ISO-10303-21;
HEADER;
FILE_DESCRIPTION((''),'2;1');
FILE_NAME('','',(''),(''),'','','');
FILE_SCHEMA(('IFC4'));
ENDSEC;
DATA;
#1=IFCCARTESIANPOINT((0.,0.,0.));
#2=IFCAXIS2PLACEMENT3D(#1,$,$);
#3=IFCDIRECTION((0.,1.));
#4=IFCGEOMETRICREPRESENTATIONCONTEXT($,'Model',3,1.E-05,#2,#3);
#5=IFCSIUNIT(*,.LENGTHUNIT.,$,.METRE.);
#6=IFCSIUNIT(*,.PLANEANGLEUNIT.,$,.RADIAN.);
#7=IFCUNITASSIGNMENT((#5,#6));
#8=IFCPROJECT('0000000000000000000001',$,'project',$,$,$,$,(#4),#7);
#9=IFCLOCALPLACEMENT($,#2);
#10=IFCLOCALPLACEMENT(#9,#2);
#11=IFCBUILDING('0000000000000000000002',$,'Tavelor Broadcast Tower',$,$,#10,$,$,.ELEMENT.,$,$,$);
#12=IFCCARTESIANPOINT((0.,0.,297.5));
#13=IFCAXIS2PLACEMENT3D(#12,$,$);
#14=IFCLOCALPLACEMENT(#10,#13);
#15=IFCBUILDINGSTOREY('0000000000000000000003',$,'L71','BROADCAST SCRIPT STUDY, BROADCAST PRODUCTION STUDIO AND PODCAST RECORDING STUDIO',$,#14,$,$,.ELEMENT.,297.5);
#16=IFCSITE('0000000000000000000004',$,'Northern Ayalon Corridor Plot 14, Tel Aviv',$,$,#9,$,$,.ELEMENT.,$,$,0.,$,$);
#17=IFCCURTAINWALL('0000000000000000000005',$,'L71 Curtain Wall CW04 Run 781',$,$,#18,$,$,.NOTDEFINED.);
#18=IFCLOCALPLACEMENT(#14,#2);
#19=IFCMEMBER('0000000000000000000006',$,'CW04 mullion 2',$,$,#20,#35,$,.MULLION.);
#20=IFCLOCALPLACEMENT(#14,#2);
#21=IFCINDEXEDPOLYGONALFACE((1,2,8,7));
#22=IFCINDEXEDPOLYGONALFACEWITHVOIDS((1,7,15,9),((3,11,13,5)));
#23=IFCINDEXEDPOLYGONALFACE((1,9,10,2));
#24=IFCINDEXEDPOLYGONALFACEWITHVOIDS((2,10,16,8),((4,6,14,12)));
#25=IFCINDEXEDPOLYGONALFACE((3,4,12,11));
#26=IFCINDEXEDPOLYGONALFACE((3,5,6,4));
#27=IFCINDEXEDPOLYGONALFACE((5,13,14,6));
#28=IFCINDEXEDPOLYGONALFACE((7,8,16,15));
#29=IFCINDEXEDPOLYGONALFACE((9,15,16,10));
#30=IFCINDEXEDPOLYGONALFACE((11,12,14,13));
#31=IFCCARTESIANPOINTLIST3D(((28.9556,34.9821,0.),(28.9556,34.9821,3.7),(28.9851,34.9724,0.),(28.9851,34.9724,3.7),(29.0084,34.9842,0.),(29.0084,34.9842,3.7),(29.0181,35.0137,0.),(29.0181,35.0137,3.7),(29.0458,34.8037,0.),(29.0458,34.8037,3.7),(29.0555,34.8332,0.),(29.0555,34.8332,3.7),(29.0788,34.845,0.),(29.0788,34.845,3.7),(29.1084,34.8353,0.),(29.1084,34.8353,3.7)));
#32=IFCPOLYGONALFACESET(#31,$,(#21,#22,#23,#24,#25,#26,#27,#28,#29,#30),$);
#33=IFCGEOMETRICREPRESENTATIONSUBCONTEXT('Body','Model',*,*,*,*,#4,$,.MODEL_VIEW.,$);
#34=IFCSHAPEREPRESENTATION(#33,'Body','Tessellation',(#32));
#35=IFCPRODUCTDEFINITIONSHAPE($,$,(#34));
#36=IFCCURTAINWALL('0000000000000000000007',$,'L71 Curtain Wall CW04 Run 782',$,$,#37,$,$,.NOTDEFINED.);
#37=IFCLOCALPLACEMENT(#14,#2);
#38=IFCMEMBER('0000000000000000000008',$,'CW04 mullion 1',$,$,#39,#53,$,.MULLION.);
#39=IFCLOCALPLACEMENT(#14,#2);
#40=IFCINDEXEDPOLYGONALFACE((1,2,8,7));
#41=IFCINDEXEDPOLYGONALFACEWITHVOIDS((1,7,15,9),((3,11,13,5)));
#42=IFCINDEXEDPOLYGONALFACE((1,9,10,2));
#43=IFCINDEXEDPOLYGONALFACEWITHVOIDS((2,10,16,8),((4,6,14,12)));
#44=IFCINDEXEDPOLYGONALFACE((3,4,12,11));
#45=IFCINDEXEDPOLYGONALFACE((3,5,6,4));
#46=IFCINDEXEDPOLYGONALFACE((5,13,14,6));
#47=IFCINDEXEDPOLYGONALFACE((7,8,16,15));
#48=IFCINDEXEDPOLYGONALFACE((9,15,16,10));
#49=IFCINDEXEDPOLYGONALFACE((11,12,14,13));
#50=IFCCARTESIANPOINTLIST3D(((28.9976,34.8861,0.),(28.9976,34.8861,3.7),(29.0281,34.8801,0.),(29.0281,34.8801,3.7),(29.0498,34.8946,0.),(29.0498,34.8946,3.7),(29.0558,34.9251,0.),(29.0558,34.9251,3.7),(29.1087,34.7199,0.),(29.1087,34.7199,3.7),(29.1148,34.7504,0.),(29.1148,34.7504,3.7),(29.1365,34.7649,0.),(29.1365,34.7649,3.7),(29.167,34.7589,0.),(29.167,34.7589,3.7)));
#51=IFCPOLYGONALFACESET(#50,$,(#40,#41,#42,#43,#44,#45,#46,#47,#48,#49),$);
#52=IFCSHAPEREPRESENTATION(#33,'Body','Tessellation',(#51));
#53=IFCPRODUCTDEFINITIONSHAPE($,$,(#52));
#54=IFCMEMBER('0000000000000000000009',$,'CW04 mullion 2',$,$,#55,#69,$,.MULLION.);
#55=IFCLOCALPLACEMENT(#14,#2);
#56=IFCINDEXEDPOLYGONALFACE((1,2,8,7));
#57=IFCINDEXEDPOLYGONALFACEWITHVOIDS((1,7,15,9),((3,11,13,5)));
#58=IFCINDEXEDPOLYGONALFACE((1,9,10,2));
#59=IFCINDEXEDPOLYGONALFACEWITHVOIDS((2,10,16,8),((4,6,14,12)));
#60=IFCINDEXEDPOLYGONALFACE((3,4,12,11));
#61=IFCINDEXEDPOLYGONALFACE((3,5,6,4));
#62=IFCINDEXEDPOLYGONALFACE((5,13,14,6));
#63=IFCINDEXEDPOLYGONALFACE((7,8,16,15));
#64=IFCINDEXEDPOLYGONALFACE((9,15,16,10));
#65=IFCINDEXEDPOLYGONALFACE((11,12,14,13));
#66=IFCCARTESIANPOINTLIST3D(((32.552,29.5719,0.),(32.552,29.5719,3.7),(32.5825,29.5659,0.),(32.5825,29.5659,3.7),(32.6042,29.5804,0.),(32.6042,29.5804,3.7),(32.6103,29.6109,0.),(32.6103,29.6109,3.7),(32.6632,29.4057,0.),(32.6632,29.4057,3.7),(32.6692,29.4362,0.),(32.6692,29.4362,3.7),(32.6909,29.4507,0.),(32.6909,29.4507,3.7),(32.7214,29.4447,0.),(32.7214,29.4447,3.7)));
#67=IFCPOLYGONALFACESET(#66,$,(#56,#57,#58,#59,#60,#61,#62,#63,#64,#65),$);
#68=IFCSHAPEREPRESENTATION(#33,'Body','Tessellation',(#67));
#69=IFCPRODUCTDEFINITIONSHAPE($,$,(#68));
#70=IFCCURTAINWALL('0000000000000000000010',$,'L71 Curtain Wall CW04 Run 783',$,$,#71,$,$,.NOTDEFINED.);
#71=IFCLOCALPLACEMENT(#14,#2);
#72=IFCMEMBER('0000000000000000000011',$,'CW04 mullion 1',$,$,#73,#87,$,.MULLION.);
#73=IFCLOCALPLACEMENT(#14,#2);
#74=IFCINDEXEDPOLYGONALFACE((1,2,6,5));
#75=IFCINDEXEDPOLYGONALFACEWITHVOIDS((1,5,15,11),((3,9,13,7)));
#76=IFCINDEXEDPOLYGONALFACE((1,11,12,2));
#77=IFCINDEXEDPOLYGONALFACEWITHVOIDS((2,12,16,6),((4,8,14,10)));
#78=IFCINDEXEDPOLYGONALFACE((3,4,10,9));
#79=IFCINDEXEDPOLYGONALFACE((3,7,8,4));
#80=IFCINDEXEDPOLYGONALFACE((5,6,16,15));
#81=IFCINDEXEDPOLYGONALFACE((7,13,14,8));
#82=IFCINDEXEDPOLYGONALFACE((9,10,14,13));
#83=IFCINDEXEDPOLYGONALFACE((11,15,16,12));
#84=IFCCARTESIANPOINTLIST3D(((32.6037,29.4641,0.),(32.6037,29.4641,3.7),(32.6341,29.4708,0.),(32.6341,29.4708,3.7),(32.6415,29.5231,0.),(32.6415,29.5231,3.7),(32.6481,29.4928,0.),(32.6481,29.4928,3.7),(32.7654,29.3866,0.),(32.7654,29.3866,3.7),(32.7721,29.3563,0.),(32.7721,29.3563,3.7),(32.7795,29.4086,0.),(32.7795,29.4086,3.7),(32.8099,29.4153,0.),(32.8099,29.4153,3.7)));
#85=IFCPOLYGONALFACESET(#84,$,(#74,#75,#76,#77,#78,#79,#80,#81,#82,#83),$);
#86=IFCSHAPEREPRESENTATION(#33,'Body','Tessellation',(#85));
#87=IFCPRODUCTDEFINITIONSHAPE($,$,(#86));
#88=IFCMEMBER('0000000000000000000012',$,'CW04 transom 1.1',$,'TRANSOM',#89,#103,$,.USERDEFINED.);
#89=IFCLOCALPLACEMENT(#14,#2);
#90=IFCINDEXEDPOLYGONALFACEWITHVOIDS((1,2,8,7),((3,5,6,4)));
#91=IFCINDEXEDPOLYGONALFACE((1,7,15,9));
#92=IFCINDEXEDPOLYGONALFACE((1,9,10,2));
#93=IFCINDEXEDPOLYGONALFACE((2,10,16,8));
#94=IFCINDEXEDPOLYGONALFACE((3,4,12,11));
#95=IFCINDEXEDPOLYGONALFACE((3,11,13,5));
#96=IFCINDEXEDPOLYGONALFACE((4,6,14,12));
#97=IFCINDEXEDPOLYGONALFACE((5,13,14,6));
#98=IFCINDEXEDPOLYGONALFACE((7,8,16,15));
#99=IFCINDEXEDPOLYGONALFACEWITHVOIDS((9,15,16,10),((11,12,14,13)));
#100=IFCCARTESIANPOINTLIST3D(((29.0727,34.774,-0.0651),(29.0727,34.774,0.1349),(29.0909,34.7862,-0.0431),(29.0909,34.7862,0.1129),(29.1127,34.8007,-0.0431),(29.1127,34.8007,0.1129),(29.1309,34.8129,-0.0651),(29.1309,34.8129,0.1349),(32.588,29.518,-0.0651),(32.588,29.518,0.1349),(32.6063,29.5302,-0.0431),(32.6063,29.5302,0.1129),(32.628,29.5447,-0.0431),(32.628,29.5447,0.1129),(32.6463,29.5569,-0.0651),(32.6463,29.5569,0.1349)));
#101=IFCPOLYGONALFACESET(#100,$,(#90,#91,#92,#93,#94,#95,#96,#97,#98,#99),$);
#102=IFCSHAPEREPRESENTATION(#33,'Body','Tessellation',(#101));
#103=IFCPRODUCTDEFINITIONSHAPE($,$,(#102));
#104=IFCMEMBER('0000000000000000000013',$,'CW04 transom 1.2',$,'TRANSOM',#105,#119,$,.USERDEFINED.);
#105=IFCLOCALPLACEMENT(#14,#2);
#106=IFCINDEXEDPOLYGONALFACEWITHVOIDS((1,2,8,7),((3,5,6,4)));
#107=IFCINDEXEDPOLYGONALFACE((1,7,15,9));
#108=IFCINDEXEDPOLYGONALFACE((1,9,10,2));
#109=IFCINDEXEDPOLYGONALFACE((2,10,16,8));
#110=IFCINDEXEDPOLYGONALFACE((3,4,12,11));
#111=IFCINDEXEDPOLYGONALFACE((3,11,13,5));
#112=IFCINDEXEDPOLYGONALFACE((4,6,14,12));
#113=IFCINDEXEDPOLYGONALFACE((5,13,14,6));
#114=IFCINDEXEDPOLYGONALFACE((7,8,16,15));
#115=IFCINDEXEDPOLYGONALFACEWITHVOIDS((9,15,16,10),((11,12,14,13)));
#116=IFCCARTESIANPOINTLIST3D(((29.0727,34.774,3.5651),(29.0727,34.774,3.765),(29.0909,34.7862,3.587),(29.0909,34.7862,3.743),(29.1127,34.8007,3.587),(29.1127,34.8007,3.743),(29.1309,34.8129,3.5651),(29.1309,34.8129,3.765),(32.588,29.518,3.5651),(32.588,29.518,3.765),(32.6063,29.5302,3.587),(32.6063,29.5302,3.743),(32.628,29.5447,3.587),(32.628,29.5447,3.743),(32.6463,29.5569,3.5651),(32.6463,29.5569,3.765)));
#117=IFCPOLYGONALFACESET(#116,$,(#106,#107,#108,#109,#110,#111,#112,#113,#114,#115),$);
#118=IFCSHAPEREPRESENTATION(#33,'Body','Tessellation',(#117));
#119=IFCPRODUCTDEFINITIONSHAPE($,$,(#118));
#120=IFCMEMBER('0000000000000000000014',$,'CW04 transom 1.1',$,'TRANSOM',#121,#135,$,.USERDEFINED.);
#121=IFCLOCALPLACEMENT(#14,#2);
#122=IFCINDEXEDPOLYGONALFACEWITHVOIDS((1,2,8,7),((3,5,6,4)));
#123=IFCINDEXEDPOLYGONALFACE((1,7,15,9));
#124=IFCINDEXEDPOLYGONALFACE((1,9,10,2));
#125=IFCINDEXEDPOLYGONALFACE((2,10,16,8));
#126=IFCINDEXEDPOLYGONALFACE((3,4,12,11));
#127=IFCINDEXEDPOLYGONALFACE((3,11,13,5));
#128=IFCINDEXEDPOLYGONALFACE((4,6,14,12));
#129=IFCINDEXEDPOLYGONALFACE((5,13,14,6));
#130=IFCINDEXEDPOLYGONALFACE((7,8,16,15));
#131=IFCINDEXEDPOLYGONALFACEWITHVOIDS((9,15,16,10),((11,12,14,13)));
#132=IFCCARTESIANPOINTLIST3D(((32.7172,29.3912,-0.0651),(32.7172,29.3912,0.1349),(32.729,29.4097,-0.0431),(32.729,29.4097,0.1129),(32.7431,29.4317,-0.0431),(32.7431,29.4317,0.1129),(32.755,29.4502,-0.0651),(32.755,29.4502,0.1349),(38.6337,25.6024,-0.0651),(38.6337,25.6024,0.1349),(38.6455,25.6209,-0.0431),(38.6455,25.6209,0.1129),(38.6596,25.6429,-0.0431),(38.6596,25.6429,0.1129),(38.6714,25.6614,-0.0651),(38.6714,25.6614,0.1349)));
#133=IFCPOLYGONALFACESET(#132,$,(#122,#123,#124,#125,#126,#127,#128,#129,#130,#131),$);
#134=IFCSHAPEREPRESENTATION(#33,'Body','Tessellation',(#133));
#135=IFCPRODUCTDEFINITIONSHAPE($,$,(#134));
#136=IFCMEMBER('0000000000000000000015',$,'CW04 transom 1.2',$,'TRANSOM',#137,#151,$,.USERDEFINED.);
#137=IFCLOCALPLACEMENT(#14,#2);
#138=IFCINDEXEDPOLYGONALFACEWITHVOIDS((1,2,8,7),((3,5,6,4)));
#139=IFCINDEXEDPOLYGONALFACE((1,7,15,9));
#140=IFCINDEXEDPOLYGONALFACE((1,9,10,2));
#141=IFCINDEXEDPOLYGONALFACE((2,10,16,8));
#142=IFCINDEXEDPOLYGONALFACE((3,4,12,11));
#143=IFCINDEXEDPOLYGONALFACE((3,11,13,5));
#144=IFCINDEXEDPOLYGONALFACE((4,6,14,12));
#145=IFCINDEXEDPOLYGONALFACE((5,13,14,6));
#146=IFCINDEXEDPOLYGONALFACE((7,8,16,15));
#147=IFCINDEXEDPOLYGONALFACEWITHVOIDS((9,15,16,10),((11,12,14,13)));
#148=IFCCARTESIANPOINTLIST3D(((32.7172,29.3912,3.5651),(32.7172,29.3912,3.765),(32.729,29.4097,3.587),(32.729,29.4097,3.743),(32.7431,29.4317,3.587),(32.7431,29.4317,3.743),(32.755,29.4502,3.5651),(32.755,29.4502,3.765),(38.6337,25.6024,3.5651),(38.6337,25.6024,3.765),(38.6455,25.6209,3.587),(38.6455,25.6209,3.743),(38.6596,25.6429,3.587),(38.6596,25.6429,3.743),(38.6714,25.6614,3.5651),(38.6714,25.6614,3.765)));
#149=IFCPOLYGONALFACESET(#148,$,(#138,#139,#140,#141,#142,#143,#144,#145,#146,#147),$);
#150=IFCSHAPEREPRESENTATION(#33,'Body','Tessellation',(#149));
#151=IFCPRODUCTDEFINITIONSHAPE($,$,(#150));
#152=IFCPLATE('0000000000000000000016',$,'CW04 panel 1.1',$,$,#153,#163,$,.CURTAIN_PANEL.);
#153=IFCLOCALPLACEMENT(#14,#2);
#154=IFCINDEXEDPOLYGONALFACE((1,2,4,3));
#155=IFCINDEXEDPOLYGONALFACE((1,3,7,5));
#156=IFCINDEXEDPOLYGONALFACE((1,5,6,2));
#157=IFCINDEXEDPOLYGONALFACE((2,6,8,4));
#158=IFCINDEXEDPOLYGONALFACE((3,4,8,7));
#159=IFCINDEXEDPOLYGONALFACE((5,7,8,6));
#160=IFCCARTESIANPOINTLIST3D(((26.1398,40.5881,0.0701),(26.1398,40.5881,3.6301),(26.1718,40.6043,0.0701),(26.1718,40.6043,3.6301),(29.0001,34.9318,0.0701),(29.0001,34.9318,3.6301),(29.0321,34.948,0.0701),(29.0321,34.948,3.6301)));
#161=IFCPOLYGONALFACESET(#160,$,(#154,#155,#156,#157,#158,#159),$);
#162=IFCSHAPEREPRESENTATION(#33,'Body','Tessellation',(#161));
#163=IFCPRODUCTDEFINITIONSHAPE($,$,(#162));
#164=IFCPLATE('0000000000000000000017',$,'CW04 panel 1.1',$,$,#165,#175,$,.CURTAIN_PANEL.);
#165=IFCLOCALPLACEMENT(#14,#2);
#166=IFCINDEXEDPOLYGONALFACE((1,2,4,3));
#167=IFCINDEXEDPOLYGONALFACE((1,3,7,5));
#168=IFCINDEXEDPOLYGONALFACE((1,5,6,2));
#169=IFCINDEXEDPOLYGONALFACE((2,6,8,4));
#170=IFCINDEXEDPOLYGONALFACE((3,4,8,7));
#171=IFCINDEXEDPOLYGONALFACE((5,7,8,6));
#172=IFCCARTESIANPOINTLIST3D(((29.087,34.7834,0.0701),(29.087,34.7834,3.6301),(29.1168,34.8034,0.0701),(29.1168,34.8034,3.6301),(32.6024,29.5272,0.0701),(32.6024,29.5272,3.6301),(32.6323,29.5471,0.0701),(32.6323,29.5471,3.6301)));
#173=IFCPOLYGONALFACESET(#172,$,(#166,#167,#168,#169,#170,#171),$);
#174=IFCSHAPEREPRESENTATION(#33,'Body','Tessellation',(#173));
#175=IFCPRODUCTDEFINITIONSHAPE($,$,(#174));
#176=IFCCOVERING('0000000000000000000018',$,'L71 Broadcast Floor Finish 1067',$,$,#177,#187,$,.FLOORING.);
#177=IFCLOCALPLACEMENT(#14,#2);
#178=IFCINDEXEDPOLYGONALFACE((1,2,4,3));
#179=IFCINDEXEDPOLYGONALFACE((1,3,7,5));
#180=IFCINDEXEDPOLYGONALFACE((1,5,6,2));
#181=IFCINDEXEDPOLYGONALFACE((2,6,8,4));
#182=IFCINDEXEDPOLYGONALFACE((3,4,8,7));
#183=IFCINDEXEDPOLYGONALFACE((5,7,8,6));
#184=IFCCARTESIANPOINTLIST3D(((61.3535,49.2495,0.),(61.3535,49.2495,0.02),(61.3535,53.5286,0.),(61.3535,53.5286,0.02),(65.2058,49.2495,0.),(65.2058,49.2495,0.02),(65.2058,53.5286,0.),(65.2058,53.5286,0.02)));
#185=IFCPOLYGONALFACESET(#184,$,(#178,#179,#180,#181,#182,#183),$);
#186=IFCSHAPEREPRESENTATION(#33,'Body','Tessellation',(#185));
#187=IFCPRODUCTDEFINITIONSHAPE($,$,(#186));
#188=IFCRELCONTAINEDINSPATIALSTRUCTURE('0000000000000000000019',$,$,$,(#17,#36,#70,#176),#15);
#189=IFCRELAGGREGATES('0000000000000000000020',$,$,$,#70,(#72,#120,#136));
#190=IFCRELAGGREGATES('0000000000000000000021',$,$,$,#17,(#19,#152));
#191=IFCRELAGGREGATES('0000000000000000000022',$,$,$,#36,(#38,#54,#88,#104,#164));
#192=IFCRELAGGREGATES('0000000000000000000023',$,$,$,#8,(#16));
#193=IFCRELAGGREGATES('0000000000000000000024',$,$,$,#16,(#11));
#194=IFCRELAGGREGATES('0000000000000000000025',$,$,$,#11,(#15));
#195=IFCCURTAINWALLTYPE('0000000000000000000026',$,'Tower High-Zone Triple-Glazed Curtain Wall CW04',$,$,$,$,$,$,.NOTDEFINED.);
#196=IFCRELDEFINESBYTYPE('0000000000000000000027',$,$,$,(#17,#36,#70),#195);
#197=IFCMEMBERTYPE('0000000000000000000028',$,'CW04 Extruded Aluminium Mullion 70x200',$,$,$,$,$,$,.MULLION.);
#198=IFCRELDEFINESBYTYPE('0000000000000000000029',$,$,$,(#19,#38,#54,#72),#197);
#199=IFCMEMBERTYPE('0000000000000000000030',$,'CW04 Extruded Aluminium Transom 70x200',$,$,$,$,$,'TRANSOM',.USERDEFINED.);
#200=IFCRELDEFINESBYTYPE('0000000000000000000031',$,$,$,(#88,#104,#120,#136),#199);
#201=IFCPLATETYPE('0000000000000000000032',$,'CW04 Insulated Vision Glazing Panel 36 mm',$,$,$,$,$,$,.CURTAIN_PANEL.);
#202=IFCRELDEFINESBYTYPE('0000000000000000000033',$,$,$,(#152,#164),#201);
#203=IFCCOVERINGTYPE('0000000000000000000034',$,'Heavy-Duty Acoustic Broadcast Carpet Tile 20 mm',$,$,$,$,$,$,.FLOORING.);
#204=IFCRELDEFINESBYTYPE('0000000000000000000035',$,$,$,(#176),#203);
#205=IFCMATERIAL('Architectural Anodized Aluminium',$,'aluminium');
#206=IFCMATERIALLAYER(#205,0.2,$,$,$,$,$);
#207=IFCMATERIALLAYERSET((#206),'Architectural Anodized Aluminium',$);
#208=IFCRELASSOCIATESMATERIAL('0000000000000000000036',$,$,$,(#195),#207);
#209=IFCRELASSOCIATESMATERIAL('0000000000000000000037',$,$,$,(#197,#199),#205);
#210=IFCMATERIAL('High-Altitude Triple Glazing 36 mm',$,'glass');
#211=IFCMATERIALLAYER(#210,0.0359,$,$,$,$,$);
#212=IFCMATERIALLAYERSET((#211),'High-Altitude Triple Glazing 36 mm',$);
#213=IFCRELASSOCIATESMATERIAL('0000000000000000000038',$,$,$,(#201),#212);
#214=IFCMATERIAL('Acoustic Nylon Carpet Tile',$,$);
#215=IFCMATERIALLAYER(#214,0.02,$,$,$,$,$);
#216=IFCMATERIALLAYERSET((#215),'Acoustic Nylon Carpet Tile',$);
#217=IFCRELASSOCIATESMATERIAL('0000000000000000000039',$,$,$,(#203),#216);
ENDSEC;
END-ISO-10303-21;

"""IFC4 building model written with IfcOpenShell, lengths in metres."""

from ifc_helpers import new_model, si_unit, direction, frame, origin, origin_2d, place, context, subcontext, project, spatial, polyline, rectangle, hollow_rectangle, outline, extrude, source, transform, mapped, material, layer, layer_set, material_profile, profile_set, type_object, type_shapes, element, aggregate, save


model = new_model("IFC4")

# Units and contexts
model_context = context("Model", 3, precision=1e-05, world=origin(), true_north=direction((0.0, 1.0)))
body_context = subcontext(model_context, "Body", "Model", "MODEL_VIEW")
ifc_project = project(units=[si_unit("LENGTHUNIT", "METRE"), si_unit("PLANEANGLEUNIT", "RADIAN")], contexts=[model_context])

# Site, building, storey
site_placement = place(None, origin())
site = spatial("IfcSite", under=ifc_project, at=site_placement, Name="Northern Ayalon Corridor Plot 14, Tel Aviv", CompositionType="ELEMENT", RefElevation=0.0)
building_placement = place(site_placement, origin())
building = spatial("IfcBuilding", under=site, at=building_placement, Name="Tavelor Broadcast Tower", CompositionType="ELEMENT")
storey_placement = place(building_placement, frame((0.0, 0.0, 297.5)))
storey = spatial("IfcBuildingStorey", under=building, at=storey_placement, Name="L71", Description="BROADCAST SCRIPT STUDY, BROADCAST PRODUCTION STUDIO AND PODCAST RECORDING STUDIO", CompositionType="ELEMENT", Elevation=297.5)

# Curtain wall, member
ifc_material_1 = material(Name="Architectural Anodized Aluminium", Category="aluminium")
ifc_layer_1 = layer(ifc_material_1, 0.2)
ifc_layer_set_1 = layer_set([ifc_layer_1], Name="Architectural Anodized Aluminium")
curtain_wall_type = type_object("IfcCurtainWallType", Name="Tower High-Zone Triple-Glazed Curtain Wall CW04", PredefinedType="NOTDEFINED", material=ifc_layer_set_1)
curtain_wall_1_placement = place(storey_placement, origin())
curtain_wall_1 = element("IfcCurtainWall", 1, at=curtain_wall_1_placement, inside=storey, type_object=curtain_wall_type, Name="L71 Curtain Wall CW04 Run 781", PredefinedType="NOTDEFINED")
ifc_material_profile_1 = material_profile(ifc_material_1, hollow_rectangle(XDim=0.0701, YDim=0.2, WallThickness=0.022, at=origin_2d()), Name="RHS 70x200x22")
ifc_profile_set_1 = profile_set([ifc_material_profile_1], Name="Architectural Anodized Aluminium")
member_type_1 = type_object("IfcMemberType", Name="CW04 Extruded Aluminium Mullion 70x200", PredefinedType="MULLION", material=ifc_profile_set_1)
shared_shape_1 = source(origin(), body_context, "Body", "SweptSolid", [
    extrude(hollow_rectangle(XDim=0.0701, YDim=0.2, WallThickness=0.022, at=origin_2d()), origin(), (0.0, 0.0, 1.0), 3.7),
])
type_shapes(member_type_1, [shared_shape_1])
member_1_placement = place(storey_placement, frame((29.032, 34.9087, 0.0), z_axis=(0.0, 0.0, 1.0), x_axis=(0.89239, 0.451266, 0.0)))
member_1 = element("IfcMember", 2, at=member_1_placement, type_object=member_type_1, Name="CW04 mullion 2", PredefinedType="MULLION", context=body_context, shape_type="MappedRepresentation", body=[
    mapped(shared_shape_1, transform((0.0, 0.0, 0.0), scale=1.0)),
])

# Curtain wall, members
curtain_wall_2_placement = place(storey_placement, origin())
curtain_wall_2 = element("IfcCurtainWall", 3, at=curtain_wall_2_placement, inside=storey, type_object=curtain_wall_type, Name="L71 Curtain Wall CW04 Run 782", PredefinedType="NOTDEFINED")
member_2_placement = place(storey_placement, frame((29.0823, 34.8225, 0.0), z_axis=(0.0, 0.0, 1.0), x_axis=(0.831223, 0.555938, 0.0)))
member_2 = element("IfcMember", 4, at=member_2_placement, type_object=member_type_1, Name="CW04 mullion 1", PredefinedType="MULLION", context=body_context, shape_type="MappedRepresentation", body=[
    mapped(shared_shape_1, transform((0.0, 0.0, 0.0), scale=1.0)),
])
member_3_placement = place(storey_placement, frame((32.6367, 29.5083, 0.0), z_axis=(0.0, 0.0, 1.0), x_axis=(0.831223, 0.555938, 0.0)))
member_3 = element("IfcMember", 5, at=member_3_placement, type_object=member_type_1, Name="CW04 mullion 2", PredefinedType="MULLION", context=body_context, shape_type="MappedRepresentation", body=[
    mapped(shared_shape_1, transform((0.0, 0.0, 0.0), scale=1.0)),
])

# Curtain wall, member
curtain_wall_3_placement = place(storey_placement, origin())
curtain_wall_3 = element("IfcCurtainWall", 6, at=curtain_wall_3_placement, inside=storey, type_object=curtain_wall_type, Name="L71 Curtain Wall CW04 Run 783", PredefinedType="NOTDEFINED")
member_4_placement = place(storey_placement, frame((32.7068, 29.4397, 0.0), z_axis=(0.0, 0.0, 1.0), x_axis=(0.53929, 0.84212, 0.0)))
member_4 = element("IfcMember", 7, at=member_4_placement, type_object=member_type_1, Name="CW04 mullion 1", PredefinedType="MULLION", context=body_context, shape_type="MappedRepresentation", body=[
    mapped(shared_shape_1, transform((0.0, 0.0, 0.0), scale=1.0)),
])

# Members
ifc_material_profile_2 = material_profile(ifc_material_1, hollow_rectangle(XDim=0.0701, YDim=0.2, WallThickness=0.022, at=origin_2d()), Name="RHS 70x200x22")
ifc_profile_set_2 = profile_set([ifc_material_profile_2], Name="Architectural Anodized Aluminium")
member_type_2 = type_object("IfcMemberType", Name="CW04 Extruded Aluminium Transom 70x200", ElementType="TRANSOM", PredefinedType="USERDEFINED", material=ifc_profile_set_2)
shared_shape_2 = source(origin(), body_context, "Body", "SweptSolid", [
    extrude(hollow_rectangle(XDim=0.0701, YDim=0.2, WallThickness=0.022, at=origin_2d()), origin(), (0.0, 0.0, 1.0), 6.3232),
])
member_5_placement = place(storey_placement, frame((29.1018, 34.7935, 0.0349), z_axis=(0.555938, -0.831224, 0.0), x_axis=(0.831224, 0.555938, 0.0)))
member_5 = element("IfcMember", 8, at=member_5_placement, type_object=member_type_2, Name="CW04 transom 1.1", ObjectType="TRANSOM", PredefinedType="USERDEFINED", context=body_context, shape_type="MappedRepresentation", body=[
    mapped(shared_shape_2, transform((0.0, 0.0, 0.0), scale=1.0)),
])
member_6_placement = place(storey_placement, frame((29.1018, 34.7935, 3.665), z_axis=(0.555938, -0.831224, 0.0), x_axis=(0.831224, 0.555938, 0.0)))
member_6 = element("IfcMember", 9, at=member_6_placement, type_object=member_type_2, Name="CW04 transom 1.2", ObjectType="TRANSOM", PredefinedType="USERDEFINED", context=body_context, shape_type="MappedRepresentation", body=[
    mapped(shared_shape_2, transform((0.0, 0.0, 0.0), scale=1.0)),
])
shared_shape_3 = source(origin(), body_context, "Body", "SweptSolid", [
    extrude(hollow_rectangle(XDim=0.0701, YDim=0.2, WallThickness=0.022, at=origin_2d()), origin(), (0.0, 0.0, 1.0), 7.0256),
])
type_shapes(member_type_2, [shared_shape_2, shared_shape_3])
member_7_placement = place(storey_placement, frame((32.7361, 29.4207, 0.0349), z_axis=(0.842126, -0.539281, 0.0), x_axis=(0.539281, 0.842126, 0.0)))
member_7 = element("IfcMember", 10, at=member_7_placement, type_object=member_type_2, Name="CW04 transom 1.1", ObjectType="TRANSOM", PredefinedType="USERDEFINED", context=body_context, shape_type="MappedRepresentation", body=[
    mapped(shared_shape_3, transform((0.0, 0.0, 0.0), scale=1.0)),
])
member_8_placement = place(storey_placement, frame((32.7361, 29.4207, 3.665), z_axis=(0.842126, -0.539281, 0.0), x_axis=(0.539281, 0.842126, 0.0)))
member_8 = element("IfcMember", 11, at=member_8_placement, type_object=member_type_2, Name="CW04 transom 1.2", ObjectType="TRANSOM", PredefinedType="USERDEFINED", context=body_context, shape_type="MappedRepresentation", body=[
    mapped(shared_shape_3, transform((0.0, 0.0, 0.0), scale=1.0)),
])
aggregate(curtain_wall_3, [member_4, member_7, member_8])

# Plates
ifc_material_2 = material(Name="High-Altitude Triple Glazing 36 mm", Category="glass")
ifc_layer_2 = layer(ifc_material_2, 0.0359)
ifc_layer_set_2 = layer_set([ifc_layer_2], Name="High-Altitude Triple Glazing 36 mm")
plate_type = type_object("IfcPlateType", Name="CW04 Insulated Vision Glazing Panel 36 mm", PredefinedType="CURTAIN_PANEL", material=ifc_layer_set_2)
shared_shape_4 = source(origin(), body_context, "Body", "SweptSolid", [
    extrude(rectangle(XDim=6.3384, YDim=0.0359, at=origin_2d()), origin(), (0.0, 0.0, 1.0), 3.5601),
])
plate_1_placement = place(storey_placement, frame((27.5859, 37.7681, 0.0701), z_axis=(0.0, 0.0, 1.0), x_axis=(0.451266, -0.89239, 0.0)))
plate_1 = element("IfcPlate", 12, at=plate_1_placement, type_object=plate_type, Name="CW04 panel 1.1", PredefinedType="CURTAIN_PANEL", context=body_context, shape_type="MappedRepresentation", body=[
    mapped(shared_shape_4, transform((0.0, 0.0, 0.0), scale=1.0)),
])
aggregate(curtain_wall_1, [member_1, plate_1])
shared_shape_5 = source(origin(), body_context, "Body", "SweptSolid", [
    extrude(rectangle(XDim=6.3235, YDim=0.0359, at=origin_2d()), origin(), (0.0, 0.0, 1.0), 3.5601),
])
type_shapes(plate_type, [shared_shape_4, shared_shape_5])
plate_2_placement = place(storey_placement, frame((30.8596, 32.1653, 0.0701), z_axis=(0.0, 0.0, 1.0), x_axis=(0.555938, -0.831223, 0.0)))
plate_2 = element("IfcPlate", 13, at=plate_2_placement, type_object=plate_type, Name="CW04 panel 1.1", PredefinedType="CURTAIN_PANEL", context=body_context, shape_type="MappedRepresentation", body=[
    mapped(shared_shape_5, transform((0.0, 0.0, 0.0), scale=1.0)),
])
aggregate(curtain_wall_2, [member_2, member_3, member_5, member_6, plate_2])

# Covering
ifc_material_3 = material(Name="Acoustic Nylon Carpet Tile")
ifc_layer_3 = layer(ifc_material_3, 0.02)
ifc_layer_set_3 = layer_set([ifc_layer_3], Name="Acoustic Nylon Carpet Tile")
covering_type_1 = type_object("IfcCoveringType", Name="Heavy-Duty Acoustic Broadcast Carpet Tile 20 mm", PredefinedType="FLOORING", material=ifc_layer_set_3)
covering_1_placement = place(storey_placement, origin())
element("IfcCovering", 14, at=covering_1_placement, inside=storey, type_object=covering_type_1, Name="L71 Broadcast Floor Finish 1067", PredefinedType="FLOORING", context=body_context, shape_type="SweptSolid", body=[
    extrude(outline(polyline([(61.3535, 49.2495), (65.2058, 49.2495), (65.2058, 53.5286), (61.3535, 53.5286), (61.3535, 49.2495)])), origin(), (0.0, 0.0, 1.0), 0.02),
])

save(model, "model.ifc")
